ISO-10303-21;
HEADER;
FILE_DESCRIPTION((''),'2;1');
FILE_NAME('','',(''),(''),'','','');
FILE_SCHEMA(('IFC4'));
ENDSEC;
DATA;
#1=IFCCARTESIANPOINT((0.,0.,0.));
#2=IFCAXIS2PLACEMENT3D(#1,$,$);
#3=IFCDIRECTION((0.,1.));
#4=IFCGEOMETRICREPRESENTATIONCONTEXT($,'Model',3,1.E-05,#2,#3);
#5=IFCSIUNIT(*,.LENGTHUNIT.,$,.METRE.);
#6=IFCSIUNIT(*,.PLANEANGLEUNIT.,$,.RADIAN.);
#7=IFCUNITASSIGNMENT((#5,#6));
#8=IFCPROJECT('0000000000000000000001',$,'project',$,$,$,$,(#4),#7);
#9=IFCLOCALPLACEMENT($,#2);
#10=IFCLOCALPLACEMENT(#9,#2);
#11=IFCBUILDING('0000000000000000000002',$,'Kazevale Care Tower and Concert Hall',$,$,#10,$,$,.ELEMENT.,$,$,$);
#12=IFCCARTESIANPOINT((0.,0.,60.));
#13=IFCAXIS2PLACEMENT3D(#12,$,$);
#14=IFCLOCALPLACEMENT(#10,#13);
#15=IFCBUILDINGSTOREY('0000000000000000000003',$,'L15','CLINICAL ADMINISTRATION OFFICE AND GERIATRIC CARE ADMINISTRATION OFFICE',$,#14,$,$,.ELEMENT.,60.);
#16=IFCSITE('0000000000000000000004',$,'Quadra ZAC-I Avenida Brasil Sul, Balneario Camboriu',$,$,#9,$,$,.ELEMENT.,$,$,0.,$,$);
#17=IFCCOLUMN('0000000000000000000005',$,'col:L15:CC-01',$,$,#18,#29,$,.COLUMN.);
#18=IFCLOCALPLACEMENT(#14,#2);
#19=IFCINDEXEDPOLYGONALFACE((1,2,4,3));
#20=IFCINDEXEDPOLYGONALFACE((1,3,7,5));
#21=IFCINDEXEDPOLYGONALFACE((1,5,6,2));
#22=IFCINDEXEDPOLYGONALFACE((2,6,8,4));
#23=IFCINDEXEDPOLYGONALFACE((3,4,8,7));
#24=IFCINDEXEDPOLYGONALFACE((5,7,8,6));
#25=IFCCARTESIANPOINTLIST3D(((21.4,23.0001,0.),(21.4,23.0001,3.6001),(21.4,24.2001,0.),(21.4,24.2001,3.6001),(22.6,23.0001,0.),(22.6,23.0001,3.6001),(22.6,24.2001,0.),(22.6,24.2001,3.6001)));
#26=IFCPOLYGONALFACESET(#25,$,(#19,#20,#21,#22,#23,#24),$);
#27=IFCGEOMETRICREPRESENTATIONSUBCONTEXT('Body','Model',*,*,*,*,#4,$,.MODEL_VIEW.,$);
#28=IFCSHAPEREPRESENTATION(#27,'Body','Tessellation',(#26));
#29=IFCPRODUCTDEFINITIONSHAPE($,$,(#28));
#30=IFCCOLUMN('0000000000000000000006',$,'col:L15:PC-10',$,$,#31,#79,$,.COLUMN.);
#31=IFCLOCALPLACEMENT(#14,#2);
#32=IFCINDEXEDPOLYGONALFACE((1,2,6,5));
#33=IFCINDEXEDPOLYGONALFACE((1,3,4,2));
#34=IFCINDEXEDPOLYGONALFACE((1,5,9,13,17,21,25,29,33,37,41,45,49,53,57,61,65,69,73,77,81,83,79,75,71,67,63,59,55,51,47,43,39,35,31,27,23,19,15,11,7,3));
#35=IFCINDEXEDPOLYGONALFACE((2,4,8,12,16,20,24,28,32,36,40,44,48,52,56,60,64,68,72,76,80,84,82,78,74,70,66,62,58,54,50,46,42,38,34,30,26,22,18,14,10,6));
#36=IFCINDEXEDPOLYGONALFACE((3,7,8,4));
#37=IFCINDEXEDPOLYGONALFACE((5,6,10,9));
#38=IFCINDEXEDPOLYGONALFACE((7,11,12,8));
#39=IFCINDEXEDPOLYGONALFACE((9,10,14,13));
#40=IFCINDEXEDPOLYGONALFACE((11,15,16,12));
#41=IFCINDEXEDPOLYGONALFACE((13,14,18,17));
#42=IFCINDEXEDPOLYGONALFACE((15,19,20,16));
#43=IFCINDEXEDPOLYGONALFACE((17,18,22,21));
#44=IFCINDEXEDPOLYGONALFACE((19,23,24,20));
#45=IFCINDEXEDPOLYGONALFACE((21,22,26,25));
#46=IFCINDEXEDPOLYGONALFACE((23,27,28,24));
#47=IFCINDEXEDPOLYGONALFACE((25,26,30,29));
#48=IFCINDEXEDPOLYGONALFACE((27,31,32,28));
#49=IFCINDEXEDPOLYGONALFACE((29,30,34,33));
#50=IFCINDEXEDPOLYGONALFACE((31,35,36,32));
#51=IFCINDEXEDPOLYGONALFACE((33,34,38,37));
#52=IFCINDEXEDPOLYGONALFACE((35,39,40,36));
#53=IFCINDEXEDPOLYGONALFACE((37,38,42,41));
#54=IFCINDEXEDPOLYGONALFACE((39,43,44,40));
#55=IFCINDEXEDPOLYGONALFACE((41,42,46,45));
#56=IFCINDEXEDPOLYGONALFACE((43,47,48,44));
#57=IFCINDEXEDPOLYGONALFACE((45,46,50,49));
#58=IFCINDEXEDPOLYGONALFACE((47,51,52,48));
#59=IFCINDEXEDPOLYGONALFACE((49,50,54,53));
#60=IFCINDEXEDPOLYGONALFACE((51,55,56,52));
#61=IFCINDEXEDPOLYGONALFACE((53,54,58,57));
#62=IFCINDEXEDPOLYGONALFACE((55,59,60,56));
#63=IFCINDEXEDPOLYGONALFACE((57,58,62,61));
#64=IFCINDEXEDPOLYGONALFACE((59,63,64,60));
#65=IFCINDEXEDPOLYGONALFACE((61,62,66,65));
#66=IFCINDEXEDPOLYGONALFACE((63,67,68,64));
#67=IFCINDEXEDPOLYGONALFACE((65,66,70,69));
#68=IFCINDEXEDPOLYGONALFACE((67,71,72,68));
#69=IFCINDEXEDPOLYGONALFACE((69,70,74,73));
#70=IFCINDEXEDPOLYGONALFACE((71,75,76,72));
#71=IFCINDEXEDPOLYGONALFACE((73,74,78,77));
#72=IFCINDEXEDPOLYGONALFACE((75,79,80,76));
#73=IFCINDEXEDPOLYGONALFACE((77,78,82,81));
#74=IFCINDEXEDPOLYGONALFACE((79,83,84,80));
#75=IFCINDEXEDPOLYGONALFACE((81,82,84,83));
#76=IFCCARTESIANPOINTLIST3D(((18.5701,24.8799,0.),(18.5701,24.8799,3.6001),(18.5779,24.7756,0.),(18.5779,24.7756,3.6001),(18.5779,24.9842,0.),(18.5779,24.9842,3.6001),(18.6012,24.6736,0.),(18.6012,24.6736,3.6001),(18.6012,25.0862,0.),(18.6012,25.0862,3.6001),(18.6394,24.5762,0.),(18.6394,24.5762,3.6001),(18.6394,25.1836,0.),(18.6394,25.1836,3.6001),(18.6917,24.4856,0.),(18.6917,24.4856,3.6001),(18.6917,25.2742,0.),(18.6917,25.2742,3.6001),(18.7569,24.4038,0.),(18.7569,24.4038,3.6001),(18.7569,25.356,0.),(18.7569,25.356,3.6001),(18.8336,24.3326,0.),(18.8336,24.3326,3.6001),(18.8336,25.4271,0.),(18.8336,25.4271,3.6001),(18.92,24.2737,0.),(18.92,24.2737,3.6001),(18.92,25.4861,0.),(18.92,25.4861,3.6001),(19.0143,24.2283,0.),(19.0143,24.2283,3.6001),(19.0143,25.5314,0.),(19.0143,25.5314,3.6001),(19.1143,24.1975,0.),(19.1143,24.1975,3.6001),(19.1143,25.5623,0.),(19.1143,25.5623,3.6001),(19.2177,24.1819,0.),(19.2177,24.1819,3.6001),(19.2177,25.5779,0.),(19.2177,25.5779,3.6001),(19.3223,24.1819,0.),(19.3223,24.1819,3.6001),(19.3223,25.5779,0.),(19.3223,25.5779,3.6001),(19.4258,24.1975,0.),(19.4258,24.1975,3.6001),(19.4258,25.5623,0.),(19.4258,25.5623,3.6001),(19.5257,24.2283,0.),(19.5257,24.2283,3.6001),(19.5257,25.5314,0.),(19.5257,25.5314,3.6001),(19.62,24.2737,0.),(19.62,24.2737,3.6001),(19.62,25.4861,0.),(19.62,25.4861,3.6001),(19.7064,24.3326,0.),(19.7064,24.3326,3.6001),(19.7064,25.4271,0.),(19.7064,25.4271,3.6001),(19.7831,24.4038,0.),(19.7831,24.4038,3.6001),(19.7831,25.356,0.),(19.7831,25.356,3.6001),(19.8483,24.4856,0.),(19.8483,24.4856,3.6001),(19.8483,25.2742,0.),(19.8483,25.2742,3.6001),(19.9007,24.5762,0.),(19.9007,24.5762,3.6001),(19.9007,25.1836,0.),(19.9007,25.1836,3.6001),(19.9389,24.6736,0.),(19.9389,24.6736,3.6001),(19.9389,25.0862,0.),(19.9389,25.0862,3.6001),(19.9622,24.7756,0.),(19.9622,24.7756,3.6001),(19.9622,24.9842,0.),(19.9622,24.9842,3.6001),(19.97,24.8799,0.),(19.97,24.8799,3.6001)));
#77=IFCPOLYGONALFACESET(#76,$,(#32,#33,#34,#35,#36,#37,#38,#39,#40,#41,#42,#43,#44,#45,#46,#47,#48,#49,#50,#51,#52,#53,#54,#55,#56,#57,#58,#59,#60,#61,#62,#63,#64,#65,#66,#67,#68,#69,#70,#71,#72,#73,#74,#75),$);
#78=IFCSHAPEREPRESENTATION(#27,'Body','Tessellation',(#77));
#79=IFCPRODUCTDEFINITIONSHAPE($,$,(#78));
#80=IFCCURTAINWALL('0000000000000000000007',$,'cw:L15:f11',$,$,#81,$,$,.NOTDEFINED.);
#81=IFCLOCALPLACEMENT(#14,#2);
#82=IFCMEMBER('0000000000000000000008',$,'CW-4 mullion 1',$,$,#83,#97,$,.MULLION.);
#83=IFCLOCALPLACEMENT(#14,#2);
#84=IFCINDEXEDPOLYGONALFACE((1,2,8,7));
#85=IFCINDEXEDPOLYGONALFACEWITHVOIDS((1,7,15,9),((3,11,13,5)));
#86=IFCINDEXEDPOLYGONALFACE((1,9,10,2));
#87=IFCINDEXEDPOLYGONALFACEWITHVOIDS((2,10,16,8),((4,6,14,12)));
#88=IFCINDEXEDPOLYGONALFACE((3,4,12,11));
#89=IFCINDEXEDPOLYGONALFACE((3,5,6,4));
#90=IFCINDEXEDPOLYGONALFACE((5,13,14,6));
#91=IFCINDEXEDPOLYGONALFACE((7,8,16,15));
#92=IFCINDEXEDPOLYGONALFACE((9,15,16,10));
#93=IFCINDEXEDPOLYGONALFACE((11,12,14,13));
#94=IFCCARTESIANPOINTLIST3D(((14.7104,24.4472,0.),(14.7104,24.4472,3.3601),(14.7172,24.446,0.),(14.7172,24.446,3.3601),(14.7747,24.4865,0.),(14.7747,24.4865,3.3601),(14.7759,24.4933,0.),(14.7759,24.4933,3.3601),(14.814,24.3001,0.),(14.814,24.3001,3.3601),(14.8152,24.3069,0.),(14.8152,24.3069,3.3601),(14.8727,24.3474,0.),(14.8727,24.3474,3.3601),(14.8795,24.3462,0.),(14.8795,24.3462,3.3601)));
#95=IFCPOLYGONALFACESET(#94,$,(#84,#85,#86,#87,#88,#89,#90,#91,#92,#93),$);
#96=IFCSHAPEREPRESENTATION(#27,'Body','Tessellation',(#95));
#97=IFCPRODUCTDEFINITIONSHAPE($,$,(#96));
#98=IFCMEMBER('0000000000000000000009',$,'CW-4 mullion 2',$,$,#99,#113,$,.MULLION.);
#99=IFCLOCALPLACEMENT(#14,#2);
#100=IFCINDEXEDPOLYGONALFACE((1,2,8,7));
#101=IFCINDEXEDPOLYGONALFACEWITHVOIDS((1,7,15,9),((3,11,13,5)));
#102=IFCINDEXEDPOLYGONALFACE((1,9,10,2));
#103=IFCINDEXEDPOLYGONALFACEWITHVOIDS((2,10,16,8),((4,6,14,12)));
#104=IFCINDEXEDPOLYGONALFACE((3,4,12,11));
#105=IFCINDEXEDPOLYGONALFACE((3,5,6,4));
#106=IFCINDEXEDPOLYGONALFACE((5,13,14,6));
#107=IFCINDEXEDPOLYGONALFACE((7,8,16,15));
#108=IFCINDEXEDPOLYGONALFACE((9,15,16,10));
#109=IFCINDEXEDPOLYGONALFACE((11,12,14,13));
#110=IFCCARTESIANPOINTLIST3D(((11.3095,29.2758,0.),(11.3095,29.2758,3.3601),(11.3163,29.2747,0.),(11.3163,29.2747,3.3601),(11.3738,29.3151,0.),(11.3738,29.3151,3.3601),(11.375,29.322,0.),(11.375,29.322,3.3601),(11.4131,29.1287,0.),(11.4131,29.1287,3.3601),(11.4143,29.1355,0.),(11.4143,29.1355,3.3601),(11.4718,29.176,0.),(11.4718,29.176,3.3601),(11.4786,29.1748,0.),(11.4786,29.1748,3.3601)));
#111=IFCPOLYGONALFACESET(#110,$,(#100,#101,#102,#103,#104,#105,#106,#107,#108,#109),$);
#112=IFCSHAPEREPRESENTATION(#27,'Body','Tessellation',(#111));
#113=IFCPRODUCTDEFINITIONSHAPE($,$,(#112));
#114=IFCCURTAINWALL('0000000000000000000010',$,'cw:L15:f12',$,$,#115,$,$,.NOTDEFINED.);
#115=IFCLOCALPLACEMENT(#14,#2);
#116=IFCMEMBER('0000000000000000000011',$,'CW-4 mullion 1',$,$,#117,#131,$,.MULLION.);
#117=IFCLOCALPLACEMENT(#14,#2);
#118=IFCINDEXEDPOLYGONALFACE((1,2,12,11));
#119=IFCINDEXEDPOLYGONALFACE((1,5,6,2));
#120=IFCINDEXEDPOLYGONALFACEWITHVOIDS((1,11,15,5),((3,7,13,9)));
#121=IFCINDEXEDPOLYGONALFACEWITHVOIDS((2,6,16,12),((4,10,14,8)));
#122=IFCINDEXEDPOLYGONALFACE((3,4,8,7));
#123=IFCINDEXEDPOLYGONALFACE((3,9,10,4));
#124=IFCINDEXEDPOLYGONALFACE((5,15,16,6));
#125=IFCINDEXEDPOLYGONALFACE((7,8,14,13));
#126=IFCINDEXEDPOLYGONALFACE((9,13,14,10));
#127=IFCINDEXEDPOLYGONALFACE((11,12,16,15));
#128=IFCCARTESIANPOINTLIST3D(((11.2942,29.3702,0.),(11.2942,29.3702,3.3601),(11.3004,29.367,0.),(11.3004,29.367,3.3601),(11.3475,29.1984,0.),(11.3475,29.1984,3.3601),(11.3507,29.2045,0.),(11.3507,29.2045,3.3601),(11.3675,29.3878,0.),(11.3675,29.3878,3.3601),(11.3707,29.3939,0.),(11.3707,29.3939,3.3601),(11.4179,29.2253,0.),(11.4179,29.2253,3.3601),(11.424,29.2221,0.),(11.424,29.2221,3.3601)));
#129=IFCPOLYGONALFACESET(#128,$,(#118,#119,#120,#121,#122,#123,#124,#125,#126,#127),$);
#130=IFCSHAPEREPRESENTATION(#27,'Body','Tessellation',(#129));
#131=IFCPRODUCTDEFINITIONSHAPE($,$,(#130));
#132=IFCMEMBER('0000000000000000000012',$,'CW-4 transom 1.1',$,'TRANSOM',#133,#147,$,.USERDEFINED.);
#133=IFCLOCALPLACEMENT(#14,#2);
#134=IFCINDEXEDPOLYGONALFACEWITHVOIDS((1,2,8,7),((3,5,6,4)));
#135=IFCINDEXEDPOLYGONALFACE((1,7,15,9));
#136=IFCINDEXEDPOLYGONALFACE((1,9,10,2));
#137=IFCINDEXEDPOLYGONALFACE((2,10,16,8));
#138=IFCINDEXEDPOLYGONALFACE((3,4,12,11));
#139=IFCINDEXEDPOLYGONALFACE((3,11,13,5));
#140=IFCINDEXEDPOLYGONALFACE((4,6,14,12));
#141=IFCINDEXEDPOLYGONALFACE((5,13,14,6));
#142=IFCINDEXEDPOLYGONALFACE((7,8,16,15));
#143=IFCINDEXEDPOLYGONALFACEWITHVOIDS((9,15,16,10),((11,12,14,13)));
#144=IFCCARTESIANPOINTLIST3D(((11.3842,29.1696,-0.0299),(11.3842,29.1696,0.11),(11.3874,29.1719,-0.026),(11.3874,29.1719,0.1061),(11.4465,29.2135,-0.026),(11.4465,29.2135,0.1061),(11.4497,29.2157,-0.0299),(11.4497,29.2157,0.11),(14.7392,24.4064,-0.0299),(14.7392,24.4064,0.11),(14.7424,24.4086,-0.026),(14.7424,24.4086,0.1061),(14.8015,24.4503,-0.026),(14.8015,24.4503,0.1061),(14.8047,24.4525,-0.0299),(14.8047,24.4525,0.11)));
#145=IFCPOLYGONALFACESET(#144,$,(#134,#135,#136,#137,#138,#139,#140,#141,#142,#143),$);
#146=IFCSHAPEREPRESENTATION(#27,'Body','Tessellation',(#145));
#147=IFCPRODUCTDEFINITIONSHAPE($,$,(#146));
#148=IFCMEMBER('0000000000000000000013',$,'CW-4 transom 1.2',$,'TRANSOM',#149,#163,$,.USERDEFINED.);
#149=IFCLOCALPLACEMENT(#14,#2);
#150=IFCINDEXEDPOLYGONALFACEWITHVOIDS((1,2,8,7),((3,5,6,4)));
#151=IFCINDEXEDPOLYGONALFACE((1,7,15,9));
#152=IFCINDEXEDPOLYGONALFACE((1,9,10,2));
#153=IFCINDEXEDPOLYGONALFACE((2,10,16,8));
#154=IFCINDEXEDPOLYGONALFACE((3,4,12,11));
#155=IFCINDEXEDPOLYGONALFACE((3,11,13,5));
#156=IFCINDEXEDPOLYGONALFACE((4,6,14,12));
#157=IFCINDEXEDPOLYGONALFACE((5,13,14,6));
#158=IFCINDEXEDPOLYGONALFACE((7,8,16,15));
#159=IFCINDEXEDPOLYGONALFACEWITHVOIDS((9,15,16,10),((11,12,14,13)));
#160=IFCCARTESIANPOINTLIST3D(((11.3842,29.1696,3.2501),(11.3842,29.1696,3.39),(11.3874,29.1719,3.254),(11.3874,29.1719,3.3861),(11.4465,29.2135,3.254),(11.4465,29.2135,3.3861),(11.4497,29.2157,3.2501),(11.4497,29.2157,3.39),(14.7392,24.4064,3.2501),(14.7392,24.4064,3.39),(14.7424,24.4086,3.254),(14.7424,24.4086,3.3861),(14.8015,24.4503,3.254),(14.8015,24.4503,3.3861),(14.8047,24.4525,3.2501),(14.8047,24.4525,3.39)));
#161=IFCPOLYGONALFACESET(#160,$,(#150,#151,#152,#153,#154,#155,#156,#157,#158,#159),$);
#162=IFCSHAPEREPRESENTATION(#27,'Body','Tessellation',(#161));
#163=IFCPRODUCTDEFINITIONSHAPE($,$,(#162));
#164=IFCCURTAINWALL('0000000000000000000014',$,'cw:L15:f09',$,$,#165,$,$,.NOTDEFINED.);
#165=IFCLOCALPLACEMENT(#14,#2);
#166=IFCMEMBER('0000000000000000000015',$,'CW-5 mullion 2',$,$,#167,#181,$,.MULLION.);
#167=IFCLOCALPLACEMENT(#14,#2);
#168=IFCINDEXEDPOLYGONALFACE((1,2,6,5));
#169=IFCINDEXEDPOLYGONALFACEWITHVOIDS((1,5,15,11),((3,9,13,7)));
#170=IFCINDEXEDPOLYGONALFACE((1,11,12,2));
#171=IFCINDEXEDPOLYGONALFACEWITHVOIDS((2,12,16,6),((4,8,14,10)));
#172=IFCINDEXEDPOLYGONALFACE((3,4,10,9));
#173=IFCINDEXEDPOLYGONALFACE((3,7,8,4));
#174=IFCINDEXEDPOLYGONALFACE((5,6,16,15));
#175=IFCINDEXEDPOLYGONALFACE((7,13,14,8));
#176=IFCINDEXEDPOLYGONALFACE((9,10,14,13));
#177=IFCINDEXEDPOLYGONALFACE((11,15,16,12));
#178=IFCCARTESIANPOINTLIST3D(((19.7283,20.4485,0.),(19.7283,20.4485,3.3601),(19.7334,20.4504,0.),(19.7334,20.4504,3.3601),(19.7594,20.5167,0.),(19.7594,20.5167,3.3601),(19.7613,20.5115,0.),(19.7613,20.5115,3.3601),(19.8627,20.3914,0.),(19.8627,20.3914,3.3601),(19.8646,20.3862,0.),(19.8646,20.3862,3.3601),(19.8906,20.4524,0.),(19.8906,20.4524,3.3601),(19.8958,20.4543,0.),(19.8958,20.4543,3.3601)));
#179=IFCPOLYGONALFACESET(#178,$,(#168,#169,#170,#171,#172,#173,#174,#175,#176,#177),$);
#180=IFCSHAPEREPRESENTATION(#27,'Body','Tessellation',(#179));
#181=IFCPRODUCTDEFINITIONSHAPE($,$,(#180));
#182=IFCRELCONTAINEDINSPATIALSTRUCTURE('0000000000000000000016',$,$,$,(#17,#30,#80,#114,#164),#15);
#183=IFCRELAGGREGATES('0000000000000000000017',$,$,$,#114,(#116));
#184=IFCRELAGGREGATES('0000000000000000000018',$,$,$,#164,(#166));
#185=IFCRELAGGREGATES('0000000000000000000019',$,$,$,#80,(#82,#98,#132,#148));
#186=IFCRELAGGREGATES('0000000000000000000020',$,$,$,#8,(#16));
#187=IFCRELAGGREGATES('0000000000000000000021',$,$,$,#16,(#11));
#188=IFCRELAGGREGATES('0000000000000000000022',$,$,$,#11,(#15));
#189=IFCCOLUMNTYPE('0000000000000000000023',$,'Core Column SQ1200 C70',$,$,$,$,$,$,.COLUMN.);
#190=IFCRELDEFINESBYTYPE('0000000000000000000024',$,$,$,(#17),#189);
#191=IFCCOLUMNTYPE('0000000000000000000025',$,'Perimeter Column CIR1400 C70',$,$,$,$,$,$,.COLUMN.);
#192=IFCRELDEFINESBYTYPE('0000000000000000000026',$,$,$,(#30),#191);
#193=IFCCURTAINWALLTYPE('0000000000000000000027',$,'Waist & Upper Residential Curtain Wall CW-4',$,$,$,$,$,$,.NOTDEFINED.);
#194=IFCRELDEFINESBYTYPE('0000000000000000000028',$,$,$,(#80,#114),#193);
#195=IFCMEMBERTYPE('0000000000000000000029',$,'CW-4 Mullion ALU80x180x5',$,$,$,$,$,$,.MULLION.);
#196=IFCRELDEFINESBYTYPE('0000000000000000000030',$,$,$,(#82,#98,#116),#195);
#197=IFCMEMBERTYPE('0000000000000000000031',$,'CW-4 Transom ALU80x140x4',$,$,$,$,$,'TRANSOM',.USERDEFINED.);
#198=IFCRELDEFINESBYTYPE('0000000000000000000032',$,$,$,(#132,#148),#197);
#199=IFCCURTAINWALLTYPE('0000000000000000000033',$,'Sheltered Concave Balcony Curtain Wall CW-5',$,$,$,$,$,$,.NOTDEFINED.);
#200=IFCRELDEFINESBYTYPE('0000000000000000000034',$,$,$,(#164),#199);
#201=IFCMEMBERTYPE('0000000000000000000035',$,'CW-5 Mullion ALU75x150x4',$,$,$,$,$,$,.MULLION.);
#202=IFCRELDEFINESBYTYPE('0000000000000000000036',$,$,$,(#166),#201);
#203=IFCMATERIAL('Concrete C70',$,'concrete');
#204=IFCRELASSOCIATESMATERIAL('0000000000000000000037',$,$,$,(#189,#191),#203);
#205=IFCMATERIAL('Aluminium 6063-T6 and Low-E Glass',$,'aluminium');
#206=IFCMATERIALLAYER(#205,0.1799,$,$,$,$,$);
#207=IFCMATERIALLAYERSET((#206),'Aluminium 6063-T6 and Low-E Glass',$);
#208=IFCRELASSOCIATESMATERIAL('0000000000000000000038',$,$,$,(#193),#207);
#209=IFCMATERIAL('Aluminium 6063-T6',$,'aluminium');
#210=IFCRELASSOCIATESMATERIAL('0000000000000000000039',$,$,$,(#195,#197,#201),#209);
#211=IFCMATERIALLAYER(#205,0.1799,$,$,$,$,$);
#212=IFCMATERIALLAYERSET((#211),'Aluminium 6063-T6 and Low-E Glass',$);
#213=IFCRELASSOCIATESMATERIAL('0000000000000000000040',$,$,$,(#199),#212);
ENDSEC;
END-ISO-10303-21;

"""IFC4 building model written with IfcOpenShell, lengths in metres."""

from ifc_helpers import new_model, si_unit, direction, frame, origin, origin_2d, place, context, subcontext, project, spatial, rectangle, hollow_rectangle, circle, extrude, material, layer, layer_set, material_profile, profile_set, type_object, element, aggregate, save


model = new_model("IFC4")

# Units and contexts
model_context = context("Model", 3, precision=1e-05, world=origin(), true_north=direction((0.0, 1.0)))
body_context = subcontext(model_context, "Body", "Model", "MODEL_VIEW")
ifc_project = project(units=[si_unit("LENGTHUNIT", "METRE"), si_unit("PLANEANGLEUNIT", "RADIAN")], contexts=[model_context])

# Site, building, storey
site_placement = place(None, origin())
site = spatial("IfcSite", under=ifc_project, at=site_placement, Name="Quadra ZAC-I Avenida Brasil Sul, Balneario Camboriu", CompositionType="ELEMENT", RefElevation=0.0)
building_placement = place(site_placement, origin())
building = spatial("IfcBuilding", under=site, at=building_placement, Name="Kazevale Care Tower and Concert Hall", CompositionType="ELEMENT")
storey_placement = place(building_placement, frame((0.0, 0.0, 60.0)))
storey = spatial("IfcBuildingStorey", under=building, at=storey_placement, Name="L15", Description="CLINICAL ADMINISTRATION OFFICE AND GERIATRIC CARE ADMINISTRATION OFFICE", CompositionType="ELEMENT", Elevation=60.0)

# Columns
ifc_material_1 = material(Name="Concrete C70", Category="concrete")
ifc_material_profile_1 = material_profile(ifc_material_1, rectangle(XDim=1.2, YDim=1.2, at=origin_2d()), Name="RC-SQ1200")
ifc_profile_set_1 = profile_set([ifc_material_profile_1], Name="Concrete C70")
column_type_1 = type_object("IfcColumnType", Name="Core Column SQ1200 C70", PredefinedType="COLUMN", material=ifc_profile_set_1)
column_1_placement = place(storey_placement, frame((22.0, 23.6001, 0.0), z_axis=(0.0, 0.0, 1.0), x_axis=(1.0, 0.0, 0.0)))
element("IfcColumn", 1, at=column_1_placement, inside=storey, type_object=column_type_1, Name="col:L15:CC-01", PredefinedType="COLUMN", context=body_context, shape_type="SweptSolid", body=[
    extrude(rectangle(XDim=1.2, YDim=1.2, at=origin_2d()), origin(), (0.0, 0.0, 1.0), 3.6001),
])
ifc_material_profile_2 = material_profile(ifc_material_1, circle(Radius=0.7, at=origin_2d()), Name="RC-CIR1400")
ifc_profile_set_2 = profile_set([ifc_material_profile_2], Name="Concrete C70")
column_type_2 = type_object("IfcColumnType", Name="Perimeter Column CIR1400 C70", PredefinedType="COLUMN", material=ifc_profile_set_2)
column_2_placement = place(storey_placement, frame((19.27, 24.8799, 0.0), z_axis=(0.0, 0.0, 1.0), x_axis=(1.0, 0.0, 0.0)))
element("IfcColumn", 2, at=column_2_placement, inside=storey, type_object=column_type_2, Name="col:L15:PC-10", PredefinedType="COLUMN", context=body_context, shape_type="SweptSolid", body=[
    extrude(circle(Radius=0.7, at=origin_2d()), origin(), (0.0, 0.0, 1.0), 3.6001),
])

# Curtain wall, members
ifc_material_2 = material(Name="Aluminium 6063-T6 and Low-E Glass", Category="aluminium")
ifc_layer_1 = layer(ifc_material_2, 0.1799)
ifc_layer_set_1 = layer_set([ifc_layer_1], Name="Aluminium 6063-T6 and Low-E Glass")
curtain_wall_type_1 = type_object("IfcCurtainWallType", Name="Waist & Upper Residential Curtain Wall CW-4", PredefinedType="NOTDEFINED", material=ifc_layer_set_1)
curtain_wall_1_placement = place(storey_placement, origin())
curtain_wall_1 = element("IfcCurtainWall", 3, at=curtain_wall_1_placement, inside=storey, type_object=curtain_wall_type_1, Name="cw:L15:f11", PredefinedType="NOTDEFINED")
ifc_material_3 = material(Name="Aluminium 6063-T6", Category="aluminium")
ifc_material_profile_3 = material_profile(ifc_material_3, hollow_rectangle(XDim=0.0801, YDim=0.1799, WallThickness=0.0049, at=origin_2d()), Name="ALU80x180x5")
ifc_profile_set_3 = profile_set([ifc_material_profile_3], Name="Aluminium 6063-T6")
member_type_1 = type_object("IfcMemberType", Name="CW-4 Mullion ALU80x180x5", PredefinedType="MULLION", material=ifc_profile_set_3)
member_1_placement = place(storey_placement, frame((14.7949, 24.3967, 0.0), z_axis=(0.0, 0.0, 1.0), x_axis=(-0.817565, -0.575837, 0.0)))
member_1 = element("IfcMember", 4, at=member_1_placement, type_object=member_type_1, Name="CW-4 mullion 1", PredefinedType="MULLION", context=body_context, shape_type="SweptSolid", body=[
    extrude(hollow_rectangle(XDim=0.0801, YDim=0.1799, WallThickness=0.0049, at=origin_2d()), origin(), (0.0, 0.0, 1.0), 3.3601),
])
member_2_placement = place(storey_placement, frame((11.394, 29.2253, 0.0), z_axis=(0.0, 0.0, 1.0), x_axis=(-0.817565, -0.575837, 0.0)))
member_2 = element("IfcMember", 5, at=member_2_placement, type_object=member_type_1, Name="CW-4 mullion 2", PredefinedType="MULLION", context=body_context, shape_type="SweptSolid", body=[
    extrude(hollow_rectangle(XDim=0.0801, YDim=0.1799, WallThickness=0.0049, at=origin_2d()), origin(), (0.0, 0.0, 1.0), 3.3601),
])

# Curtain wall, member
curtain_wall_2_placement = place(storey_placement, origin())
curtain_wall_2 = element("IfcCurtainWall", 6, at=curtain_wall_2_placement, inside=storey, type_object=curtain_wall_type_1, Name="cw:L15:f12", PredefinedType="NOTDEFINED")
member_3_placement = place(storey_placement, frame((11.3591, 29.2961, 0.0), z_axis=(0.0, 0.0, 1.0), x_axis=(-0.955157, -0.296099, 0.0)))
member_3 = element("IfcMember", 7, at=member_3_placement, type_object=member_type_1, Name="CW-4 mullion 1", PredefinedType="MULLION", context=body_context, shape_type="SweptSolid", body=[
    extrude(hollow_rectangle(XDim=0.0801, YDim=0.1799, WallThickness=0.0049, at=origin_2d()), origin(), (0.0, 0.0, 1.0), 3.3601),
])
aggregate(curtain_wall_2, [member_3])

# Members
ifc_material_profile_4 = material_profile(ifc_material_3, hollow_rectangle(XDim=0.0801, YDim=0.1399, WallThickness=0.0039, at=origin_2d()), Name="ALU80x140x4")
ifc_profile_set_4 = profile_set([ifc_material_profile_4], Name="Aluminium 6063-T6")
member_type_2 = type_object("IfcMemberType", Name="CW-4 Transom ALU80x140x4", ElementType="TRANSOM", PredefinedType="USERDEFINED", material=ifc_profile_set_4)
member_4_placement = place(storey_placement, frame((14.772, 24.4294, 0.04), z_axis=(-0.57585, 0.817555, 0.0), x_axis=(-0.817555, -0.57585, 0.0)))
member_4 = element("IfcMember", 8, at=member_4_placement, type_object=member_type_2, Name="CW-4 transom 1.1", ObjectType="TRANSOM", PredefinedType="USERDEFINED", context=body_context, shape_type="SweptSolid", body=[
    extrude(hollow_rectangle(XDim=0.0801, YDim=0.1399, WallThickness=0.0039, at=origin_2d()), origin(), (0.0, 0.0, 1.0), 5.8262),
])
member_5_placement = place(storey_placement, frame((14.772, 24.4294, 3.3201), z_axis=(-0.57585, 0.817555, 0.0), x_axis=(-0.817555, -0.57585, 0.0)))
member_5 = element("IfcMember", 9, at=member_5_placement, type_object=member_type_2, Name="CW-4 transom 1.2", ObjectType="TRANSOM", PredefinedType="USERDEFINED", context=body_context, shape_type="SweptSolid", body=[
    extrude(hollow_rectangle(XDim=0.0801, YDim=0.1399, WallThickness=0.0039, at=origin_2d()), origin(), (0.0, 0.0, 1.0), 5.8262),
])

# Curtain wall, member
ifc_layer_2 = layer(ifc_material_2, 0.1799)
ifc_layer_set_2 = layer_set([ifc_layer_2], Name="Aluminium 6063-T6 and Low-E Glass")
curtain_wall_type_2 = type_object("IfcCurtainWallType", Name="Sheltered Concave Balcony Curtain Wall CW-5", PredefinedType="NOTDEFINED", material=ifc_layer_set_2)
curtain_wall_3_placement = place(storey_placement, origin())
curtain_wall_3 = element("IfcCurtainWall", 10, at=curtain_wall_3_placement, inside=storey, type_object=curtain_wall_type_2, Name="cw:L15:f09", PredefinedType="NOTDEFINED")
ifc_material_profile_5 = material_profile(ifc_material_3, hollow_rectangle(XDim=0.075, YDim=0.1499, WallThickness=0.0039, at=origin_2d()), Name="ALU75x150x4")
ifc_profile_set_5 = profile_set([ifc_material_profile_5], Name="Aluminium 6063-T6")
member_type_3 = type_object("IfcMemberType", Name="CW-5 Mullion ALU75x150x4", PredefinedType="MULLION", material=ifc_profile_set_5)
member_6_placement = place(storey_placement, frame((19.812, 20.4514, 0.0), z_axis=(0.0, 0.0, 1.0), x_axis=(-0.41566, -0.90952, 0.0)))
member_6 = element("IfcMember", 11, at=member_6_placement, type_object=member_type_3, Name="CW-5 mullion 2", PredefinedType="MULLION", context=body_context, shape_type="SweptSolid", body=[
    extrude(hollow_rectangle(XDim=0.075, YDim=0.1499, WallThickness=0.0039, at=origin_2d()), origin(), (0.0, 0.0, 1.0), 3.3601),
])
aggregate(curtain_wall_3, [member_6])

aggregate(curtain_wall_1, [member_1, member_2, member_4, member_5])

save(model, "model.ifc")
